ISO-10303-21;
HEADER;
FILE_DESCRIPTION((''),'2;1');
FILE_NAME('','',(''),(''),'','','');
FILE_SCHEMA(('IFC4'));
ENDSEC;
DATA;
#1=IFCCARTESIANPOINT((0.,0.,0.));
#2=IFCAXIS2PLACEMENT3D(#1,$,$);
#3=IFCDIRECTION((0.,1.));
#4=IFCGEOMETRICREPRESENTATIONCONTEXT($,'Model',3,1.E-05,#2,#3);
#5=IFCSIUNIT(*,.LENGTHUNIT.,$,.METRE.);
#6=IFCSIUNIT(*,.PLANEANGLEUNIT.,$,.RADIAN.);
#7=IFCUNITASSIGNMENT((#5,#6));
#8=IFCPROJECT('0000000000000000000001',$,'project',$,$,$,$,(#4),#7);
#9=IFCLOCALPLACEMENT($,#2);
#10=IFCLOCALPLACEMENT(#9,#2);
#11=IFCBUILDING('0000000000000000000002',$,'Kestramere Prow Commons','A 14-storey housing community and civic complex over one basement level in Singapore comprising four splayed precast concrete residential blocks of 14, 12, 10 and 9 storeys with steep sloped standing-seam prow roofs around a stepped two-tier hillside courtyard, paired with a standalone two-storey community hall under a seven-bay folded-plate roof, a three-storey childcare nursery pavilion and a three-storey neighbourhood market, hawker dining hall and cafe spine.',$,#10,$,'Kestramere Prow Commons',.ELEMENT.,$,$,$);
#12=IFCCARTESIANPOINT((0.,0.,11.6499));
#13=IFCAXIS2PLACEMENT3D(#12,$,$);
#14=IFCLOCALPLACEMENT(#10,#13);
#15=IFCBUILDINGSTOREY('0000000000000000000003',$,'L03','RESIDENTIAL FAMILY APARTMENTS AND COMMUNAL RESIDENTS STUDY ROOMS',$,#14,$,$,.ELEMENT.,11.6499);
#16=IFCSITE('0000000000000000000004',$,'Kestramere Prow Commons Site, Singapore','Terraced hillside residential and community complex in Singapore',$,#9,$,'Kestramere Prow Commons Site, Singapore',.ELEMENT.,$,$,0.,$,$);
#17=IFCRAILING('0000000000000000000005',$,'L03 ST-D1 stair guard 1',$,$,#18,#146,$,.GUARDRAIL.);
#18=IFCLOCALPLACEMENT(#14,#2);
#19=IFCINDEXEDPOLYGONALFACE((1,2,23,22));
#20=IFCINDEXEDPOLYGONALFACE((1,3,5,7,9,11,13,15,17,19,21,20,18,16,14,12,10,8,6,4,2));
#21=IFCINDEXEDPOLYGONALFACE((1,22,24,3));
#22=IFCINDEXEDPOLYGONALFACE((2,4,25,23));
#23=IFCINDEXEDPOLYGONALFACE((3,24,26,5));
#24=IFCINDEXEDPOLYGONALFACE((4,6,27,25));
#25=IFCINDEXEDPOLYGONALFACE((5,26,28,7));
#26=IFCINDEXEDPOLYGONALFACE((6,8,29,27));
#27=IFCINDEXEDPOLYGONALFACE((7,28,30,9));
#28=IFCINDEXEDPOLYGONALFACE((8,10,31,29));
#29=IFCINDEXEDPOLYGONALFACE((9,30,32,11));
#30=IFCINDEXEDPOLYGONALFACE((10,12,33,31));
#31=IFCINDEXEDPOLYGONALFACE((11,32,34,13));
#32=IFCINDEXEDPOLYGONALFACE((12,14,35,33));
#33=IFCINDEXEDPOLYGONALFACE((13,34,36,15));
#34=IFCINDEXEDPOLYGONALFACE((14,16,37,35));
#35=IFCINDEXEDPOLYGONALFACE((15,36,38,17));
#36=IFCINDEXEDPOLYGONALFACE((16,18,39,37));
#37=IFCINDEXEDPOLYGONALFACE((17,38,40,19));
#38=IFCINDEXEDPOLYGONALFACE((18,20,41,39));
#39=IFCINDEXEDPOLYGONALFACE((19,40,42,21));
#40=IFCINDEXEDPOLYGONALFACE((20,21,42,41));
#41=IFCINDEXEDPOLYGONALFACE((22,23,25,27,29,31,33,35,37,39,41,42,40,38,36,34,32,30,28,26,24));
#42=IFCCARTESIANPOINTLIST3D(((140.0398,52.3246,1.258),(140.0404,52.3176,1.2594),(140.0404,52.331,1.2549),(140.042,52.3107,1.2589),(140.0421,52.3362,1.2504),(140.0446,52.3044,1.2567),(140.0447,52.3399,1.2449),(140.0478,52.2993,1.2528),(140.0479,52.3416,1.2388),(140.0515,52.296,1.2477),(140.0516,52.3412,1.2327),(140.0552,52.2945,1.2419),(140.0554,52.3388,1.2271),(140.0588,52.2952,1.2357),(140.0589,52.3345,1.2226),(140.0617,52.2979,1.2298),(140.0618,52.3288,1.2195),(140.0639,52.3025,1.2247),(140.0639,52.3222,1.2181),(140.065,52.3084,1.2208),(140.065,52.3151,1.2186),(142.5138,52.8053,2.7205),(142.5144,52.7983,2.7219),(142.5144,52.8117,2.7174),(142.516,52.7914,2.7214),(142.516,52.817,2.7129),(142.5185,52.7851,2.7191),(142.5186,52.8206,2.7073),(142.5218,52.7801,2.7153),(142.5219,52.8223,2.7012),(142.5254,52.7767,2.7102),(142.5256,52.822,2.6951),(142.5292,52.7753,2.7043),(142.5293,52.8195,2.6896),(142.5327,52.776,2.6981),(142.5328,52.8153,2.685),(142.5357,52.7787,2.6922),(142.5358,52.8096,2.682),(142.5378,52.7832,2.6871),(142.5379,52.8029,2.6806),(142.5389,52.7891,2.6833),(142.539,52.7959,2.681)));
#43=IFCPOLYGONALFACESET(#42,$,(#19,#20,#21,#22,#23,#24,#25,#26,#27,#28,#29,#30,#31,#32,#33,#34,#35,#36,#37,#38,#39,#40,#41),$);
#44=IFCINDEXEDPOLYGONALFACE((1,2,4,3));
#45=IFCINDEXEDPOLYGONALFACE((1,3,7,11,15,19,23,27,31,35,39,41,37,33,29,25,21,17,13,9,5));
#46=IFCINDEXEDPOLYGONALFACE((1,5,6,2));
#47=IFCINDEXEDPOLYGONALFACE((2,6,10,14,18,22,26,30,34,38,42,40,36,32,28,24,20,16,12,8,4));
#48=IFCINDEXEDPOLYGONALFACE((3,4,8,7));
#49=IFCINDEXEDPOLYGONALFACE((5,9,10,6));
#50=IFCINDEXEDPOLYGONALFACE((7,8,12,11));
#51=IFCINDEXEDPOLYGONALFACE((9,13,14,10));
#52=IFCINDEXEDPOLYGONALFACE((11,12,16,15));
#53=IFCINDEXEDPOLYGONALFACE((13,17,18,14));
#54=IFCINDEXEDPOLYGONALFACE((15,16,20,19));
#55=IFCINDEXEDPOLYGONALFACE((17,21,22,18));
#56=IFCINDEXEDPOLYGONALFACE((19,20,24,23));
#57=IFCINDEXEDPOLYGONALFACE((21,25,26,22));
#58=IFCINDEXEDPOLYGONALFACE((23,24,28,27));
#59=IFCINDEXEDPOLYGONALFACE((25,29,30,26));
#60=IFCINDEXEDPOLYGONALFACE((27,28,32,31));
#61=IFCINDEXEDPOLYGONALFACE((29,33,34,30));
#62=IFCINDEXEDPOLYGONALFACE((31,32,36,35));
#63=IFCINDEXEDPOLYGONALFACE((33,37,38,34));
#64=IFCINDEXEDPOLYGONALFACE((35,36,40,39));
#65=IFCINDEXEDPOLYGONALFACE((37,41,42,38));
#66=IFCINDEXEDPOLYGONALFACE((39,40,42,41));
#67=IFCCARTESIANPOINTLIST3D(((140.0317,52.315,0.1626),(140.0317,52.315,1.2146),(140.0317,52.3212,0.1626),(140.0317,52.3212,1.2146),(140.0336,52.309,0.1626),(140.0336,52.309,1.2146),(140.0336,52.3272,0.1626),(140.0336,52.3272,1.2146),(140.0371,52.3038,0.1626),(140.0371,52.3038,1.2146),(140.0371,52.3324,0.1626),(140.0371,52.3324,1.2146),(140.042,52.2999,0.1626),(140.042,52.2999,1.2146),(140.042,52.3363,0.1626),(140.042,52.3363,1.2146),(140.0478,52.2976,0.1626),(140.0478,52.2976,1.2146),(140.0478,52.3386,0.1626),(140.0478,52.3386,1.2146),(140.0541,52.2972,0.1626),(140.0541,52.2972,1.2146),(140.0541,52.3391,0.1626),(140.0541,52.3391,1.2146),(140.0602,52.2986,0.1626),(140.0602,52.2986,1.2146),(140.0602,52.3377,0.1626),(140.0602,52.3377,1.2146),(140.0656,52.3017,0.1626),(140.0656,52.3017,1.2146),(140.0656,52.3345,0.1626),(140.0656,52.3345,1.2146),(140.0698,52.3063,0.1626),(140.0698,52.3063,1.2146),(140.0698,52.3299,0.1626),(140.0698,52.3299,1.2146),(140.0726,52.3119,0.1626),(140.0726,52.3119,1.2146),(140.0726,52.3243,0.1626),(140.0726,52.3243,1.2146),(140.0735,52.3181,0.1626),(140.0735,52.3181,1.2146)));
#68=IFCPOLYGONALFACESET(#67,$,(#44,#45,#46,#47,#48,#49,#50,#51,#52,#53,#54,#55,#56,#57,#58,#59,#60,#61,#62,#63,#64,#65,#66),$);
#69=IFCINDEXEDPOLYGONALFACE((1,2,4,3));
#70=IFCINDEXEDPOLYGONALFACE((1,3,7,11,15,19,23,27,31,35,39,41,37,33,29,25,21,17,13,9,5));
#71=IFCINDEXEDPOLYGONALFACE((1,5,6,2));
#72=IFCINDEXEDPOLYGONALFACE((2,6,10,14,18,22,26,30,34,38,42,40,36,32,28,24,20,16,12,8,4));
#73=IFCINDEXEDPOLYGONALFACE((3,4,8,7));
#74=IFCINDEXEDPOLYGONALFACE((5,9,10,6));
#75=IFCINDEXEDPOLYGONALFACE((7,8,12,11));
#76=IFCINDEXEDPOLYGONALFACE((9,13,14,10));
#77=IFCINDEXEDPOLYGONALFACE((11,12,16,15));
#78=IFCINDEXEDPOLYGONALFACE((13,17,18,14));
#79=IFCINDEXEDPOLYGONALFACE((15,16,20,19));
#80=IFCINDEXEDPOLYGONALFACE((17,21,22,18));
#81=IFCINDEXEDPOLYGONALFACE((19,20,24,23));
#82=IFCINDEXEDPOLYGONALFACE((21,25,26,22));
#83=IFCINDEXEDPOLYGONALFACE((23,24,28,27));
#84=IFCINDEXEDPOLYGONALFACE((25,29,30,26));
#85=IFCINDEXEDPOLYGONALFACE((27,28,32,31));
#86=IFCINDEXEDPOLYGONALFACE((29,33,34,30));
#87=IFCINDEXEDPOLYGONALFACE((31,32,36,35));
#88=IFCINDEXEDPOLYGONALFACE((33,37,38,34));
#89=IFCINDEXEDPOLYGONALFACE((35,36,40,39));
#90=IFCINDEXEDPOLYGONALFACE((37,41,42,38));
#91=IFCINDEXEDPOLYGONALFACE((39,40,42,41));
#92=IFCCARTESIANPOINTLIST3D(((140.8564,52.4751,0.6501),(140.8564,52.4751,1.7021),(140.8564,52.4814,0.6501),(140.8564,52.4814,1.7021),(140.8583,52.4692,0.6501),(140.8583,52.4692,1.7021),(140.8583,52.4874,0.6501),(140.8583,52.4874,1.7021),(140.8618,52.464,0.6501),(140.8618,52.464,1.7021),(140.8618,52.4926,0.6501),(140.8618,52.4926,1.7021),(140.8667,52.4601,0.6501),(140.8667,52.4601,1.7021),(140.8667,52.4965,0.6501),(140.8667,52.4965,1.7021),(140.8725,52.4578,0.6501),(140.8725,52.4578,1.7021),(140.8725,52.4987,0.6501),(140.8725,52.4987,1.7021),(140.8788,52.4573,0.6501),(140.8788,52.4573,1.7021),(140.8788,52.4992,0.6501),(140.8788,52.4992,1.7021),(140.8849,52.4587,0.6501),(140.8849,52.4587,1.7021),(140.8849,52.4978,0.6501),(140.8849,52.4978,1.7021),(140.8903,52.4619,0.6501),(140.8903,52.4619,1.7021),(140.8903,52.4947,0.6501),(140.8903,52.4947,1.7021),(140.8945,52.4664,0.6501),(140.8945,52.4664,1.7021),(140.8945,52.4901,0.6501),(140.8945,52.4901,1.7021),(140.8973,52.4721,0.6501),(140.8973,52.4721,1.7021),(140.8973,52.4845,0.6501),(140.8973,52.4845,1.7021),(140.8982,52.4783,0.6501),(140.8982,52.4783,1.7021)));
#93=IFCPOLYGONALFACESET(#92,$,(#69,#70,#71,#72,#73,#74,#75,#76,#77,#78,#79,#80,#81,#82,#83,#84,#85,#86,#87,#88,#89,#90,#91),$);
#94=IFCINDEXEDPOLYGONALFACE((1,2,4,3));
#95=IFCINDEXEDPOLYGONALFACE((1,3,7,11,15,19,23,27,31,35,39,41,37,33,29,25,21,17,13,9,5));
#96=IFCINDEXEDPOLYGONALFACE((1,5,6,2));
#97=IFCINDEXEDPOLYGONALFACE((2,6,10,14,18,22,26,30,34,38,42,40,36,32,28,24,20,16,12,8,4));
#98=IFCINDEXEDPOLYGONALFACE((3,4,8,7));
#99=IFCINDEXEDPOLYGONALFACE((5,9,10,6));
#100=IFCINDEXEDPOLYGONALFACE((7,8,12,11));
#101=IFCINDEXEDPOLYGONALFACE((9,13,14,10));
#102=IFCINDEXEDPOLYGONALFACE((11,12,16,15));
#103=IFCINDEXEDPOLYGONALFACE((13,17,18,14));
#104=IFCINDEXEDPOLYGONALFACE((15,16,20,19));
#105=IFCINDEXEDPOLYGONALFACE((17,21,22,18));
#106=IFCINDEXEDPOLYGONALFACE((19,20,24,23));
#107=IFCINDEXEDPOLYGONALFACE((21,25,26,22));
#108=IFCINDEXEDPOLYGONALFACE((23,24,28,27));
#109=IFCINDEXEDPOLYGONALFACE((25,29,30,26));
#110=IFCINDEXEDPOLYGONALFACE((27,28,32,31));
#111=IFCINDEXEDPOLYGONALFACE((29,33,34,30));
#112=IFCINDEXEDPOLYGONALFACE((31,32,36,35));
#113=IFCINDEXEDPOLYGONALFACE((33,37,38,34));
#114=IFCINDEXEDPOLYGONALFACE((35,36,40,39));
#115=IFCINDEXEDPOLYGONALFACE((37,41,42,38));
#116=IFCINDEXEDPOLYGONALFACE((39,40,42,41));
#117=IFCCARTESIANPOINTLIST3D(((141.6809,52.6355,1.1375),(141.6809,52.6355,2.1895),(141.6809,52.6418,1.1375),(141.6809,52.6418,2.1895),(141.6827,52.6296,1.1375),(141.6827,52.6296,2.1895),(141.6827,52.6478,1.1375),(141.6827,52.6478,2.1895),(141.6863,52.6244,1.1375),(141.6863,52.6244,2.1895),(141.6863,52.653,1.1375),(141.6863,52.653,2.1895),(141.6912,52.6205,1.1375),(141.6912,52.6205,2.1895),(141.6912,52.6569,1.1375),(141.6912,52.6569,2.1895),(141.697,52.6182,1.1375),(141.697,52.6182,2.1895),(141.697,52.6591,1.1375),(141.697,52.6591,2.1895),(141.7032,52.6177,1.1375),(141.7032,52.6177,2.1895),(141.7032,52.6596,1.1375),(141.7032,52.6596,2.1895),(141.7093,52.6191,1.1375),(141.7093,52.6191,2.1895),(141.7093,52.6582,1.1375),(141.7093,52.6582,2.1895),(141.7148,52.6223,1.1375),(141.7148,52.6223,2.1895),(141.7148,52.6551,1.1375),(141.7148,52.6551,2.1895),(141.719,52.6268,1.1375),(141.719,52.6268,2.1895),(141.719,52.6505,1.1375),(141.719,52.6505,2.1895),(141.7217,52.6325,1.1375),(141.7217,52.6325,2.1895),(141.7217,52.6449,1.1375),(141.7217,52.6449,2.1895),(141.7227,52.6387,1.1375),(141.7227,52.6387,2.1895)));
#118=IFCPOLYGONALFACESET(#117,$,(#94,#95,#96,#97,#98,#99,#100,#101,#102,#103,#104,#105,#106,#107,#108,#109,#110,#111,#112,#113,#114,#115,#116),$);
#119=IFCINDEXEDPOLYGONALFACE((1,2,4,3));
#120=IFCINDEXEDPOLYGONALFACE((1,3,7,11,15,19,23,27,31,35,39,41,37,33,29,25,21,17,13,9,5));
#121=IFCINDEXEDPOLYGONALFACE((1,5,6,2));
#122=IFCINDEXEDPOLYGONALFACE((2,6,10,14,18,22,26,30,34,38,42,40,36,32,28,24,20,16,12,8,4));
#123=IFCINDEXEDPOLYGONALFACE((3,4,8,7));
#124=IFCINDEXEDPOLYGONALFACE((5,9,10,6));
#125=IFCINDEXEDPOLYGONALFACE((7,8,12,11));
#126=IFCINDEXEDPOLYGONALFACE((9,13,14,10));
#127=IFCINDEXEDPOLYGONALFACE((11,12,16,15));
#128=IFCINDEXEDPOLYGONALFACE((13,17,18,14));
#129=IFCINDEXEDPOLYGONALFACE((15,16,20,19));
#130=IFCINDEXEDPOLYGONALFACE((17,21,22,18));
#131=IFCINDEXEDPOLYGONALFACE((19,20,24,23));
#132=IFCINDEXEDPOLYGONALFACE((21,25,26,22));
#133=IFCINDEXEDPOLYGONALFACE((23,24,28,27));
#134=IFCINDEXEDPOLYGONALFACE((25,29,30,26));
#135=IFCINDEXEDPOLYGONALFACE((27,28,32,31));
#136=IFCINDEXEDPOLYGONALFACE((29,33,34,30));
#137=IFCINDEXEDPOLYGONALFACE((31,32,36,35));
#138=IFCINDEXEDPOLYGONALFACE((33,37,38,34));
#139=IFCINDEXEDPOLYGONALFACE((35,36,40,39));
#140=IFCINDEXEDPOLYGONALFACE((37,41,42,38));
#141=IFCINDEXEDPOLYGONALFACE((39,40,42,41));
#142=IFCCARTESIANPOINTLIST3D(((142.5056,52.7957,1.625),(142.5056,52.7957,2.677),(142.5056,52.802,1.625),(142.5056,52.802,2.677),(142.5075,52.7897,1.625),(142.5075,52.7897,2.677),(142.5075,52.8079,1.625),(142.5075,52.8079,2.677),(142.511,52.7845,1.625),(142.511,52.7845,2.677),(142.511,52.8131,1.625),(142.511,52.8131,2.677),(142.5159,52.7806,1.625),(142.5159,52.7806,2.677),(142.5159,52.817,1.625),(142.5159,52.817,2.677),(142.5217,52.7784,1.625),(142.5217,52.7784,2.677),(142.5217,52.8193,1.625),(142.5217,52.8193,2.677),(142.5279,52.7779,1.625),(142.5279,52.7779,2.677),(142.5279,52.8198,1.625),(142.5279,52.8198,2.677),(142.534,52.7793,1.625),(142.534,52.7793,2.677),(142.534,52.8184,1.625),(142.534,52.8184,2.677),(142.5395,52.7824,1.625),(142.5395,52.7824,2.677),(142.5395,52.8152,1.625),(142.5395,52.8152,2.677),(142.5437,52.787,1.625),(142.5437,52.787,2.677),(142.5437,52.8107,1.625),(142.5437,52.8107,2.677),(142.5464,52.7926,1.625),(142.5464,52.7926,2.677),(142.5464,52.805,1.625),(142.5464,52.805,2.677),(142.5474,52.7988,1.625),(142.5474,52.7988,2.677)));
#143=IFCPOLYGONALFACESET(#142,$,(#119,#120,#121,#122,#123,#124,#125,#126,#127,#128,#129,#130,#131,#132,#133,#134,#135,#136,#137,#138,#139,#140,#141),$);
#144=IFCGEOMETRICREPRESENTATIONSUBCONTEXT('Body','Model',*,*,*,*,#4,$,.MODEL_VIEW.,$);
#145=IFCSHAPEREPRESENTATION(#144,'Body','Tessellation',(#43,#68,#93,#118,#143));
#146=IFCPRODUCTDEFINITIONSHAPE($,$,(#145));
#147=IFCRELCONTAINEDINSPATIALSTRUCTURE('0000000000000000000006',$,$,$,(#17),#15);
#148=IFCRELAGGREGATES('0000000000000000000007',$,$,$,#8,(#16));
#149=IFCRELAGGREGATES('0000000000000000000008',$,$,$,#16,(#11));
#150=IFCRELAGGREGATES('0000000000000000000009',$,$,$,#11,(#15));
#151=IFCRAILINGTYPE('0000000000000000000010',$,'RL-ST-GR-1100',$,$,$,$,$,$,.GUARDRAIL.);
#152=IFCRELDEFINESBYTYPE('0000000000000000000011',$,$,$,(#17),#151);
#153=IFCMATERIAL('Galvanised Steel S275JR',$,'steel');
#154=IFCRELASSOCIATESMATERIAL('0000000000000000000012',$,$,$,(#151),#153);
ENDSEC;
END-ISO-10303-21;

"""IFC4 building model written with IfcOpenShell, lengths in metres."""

from ifc_helpers import new_model, si_unit, direction, frame, origin, origin_2d, place, context, subcontext, project, spatial, circle, extrude, material, type_object, element, save


model = new_model("IFC4")

# Units and contexts
model_context = context("Model", 3, precision=1e-05, world=origin(), true_north=direction((0.0, 1.0)))
body_context = subcontext(model_context, "Body", "Model", "MODEL_VIEW")
ifc_project = project(units=[si_unit("LENGTHUNIT", "METRE"), si_unit("PLANEANGLEUNIT", "RADIAN")], contexts=[model_context])

# Site, building, storey
site_placement = place(None, origin())
site = spatial("IfcSite", under=ifc_project, at=site_placement, Name="Kestramere Prow Commons Site, Singapore", Description="Terraced hillside residential and community complex in Singapore", LongName="Kestramere Prow Commons Site, Singapore", CompositionType="ELEMENT", RefElevation=0.0)
building_placement = place(site_placement, origin())
building = spatial("IfcBuilding", under=site, at=building_placement, Name="Kestramere Prow Commons", Description="A 14-storey housing community and civic complex over one basement level in Singapore comprising four splayed precast concrete residential blocks of 14, 12, 10 and 9 storeys with steep sloped standing-seam prow roofs around a stepped two-tier hillside courtyard, paired with a standalone two-storey community hall under a seven-bay folded-plate roof, a three-storey childcare nursery pavilion and a three-storey neighbourhood market, hawker dining hall and cafe spine.", LongName="Kestramere Prow Commons", CompositionType="ELEMENT")
storey_placement = place(building_placement, frame((0.0, 0.0, 11.6499)))
storey = spatial("IfcBuildingStorey", under=building, at=storey_placement, Name="L03", Description="RESIDENTIAL FAMILY APARTMENTS AND COMMUNAL RESIDENTS STUDY ROOMS", CompositionType="ELEMENT", Elevation=11.6499)

# Railing
ifc_material_1 = material(Name="Galvanised Steel S275JR", Category="steel")
railing_type_1 = type_object("IfcRailingType", Name="RL-ST-GR-1100", PredefinedType="GUARDRAIL", material=ifc_material_1)
railing_1_placement = place(storey_placement, frame((140.0525, 52.3181, 0.1626)))
element("IfcRailing", 1, at=railing_1_placement, inside=storey, type_object=railing_type_1, Name="L03 ST-D1 stair guard 1", PredefinedType="GUARDRAIL", context=body_context, shape_type="SweptSolid", body=[
    extrude(circle(Radius=0.0239, at=origin_2d()), frame((0.0, 0.0, 1.0762), z_axis=(0.849044, 0.164982, 0.501902), x_axis=(-0.190748, 0.981639, 0.0)), (0.0, 0.0, 1.0), 2.9138),
    extrude(circle(Radius=0.021, at=origin_2d()), origin(), (0.0, 0.0, 1.0), 1.052),
    extrude(circle(Radius=0.021, at=origin_2d()), frame((0.8247, 0.1602, 0.4875)), (0.0, 0.0, 1.0), 1.052),
    extrude(circle(Radius=0.021, at=origin_2d()), frame((1.6492, 0.3206, 0.9749)), (0.0, 0.0, 1.0), 1.052),
    extrude(circle(Radius=0.021, at=origin_2d()), frame((2.4739, 0.4807, 1.4624)), (0.0, 0.0, 1.0), 1.052),
])

save(model, "model.ifc")
